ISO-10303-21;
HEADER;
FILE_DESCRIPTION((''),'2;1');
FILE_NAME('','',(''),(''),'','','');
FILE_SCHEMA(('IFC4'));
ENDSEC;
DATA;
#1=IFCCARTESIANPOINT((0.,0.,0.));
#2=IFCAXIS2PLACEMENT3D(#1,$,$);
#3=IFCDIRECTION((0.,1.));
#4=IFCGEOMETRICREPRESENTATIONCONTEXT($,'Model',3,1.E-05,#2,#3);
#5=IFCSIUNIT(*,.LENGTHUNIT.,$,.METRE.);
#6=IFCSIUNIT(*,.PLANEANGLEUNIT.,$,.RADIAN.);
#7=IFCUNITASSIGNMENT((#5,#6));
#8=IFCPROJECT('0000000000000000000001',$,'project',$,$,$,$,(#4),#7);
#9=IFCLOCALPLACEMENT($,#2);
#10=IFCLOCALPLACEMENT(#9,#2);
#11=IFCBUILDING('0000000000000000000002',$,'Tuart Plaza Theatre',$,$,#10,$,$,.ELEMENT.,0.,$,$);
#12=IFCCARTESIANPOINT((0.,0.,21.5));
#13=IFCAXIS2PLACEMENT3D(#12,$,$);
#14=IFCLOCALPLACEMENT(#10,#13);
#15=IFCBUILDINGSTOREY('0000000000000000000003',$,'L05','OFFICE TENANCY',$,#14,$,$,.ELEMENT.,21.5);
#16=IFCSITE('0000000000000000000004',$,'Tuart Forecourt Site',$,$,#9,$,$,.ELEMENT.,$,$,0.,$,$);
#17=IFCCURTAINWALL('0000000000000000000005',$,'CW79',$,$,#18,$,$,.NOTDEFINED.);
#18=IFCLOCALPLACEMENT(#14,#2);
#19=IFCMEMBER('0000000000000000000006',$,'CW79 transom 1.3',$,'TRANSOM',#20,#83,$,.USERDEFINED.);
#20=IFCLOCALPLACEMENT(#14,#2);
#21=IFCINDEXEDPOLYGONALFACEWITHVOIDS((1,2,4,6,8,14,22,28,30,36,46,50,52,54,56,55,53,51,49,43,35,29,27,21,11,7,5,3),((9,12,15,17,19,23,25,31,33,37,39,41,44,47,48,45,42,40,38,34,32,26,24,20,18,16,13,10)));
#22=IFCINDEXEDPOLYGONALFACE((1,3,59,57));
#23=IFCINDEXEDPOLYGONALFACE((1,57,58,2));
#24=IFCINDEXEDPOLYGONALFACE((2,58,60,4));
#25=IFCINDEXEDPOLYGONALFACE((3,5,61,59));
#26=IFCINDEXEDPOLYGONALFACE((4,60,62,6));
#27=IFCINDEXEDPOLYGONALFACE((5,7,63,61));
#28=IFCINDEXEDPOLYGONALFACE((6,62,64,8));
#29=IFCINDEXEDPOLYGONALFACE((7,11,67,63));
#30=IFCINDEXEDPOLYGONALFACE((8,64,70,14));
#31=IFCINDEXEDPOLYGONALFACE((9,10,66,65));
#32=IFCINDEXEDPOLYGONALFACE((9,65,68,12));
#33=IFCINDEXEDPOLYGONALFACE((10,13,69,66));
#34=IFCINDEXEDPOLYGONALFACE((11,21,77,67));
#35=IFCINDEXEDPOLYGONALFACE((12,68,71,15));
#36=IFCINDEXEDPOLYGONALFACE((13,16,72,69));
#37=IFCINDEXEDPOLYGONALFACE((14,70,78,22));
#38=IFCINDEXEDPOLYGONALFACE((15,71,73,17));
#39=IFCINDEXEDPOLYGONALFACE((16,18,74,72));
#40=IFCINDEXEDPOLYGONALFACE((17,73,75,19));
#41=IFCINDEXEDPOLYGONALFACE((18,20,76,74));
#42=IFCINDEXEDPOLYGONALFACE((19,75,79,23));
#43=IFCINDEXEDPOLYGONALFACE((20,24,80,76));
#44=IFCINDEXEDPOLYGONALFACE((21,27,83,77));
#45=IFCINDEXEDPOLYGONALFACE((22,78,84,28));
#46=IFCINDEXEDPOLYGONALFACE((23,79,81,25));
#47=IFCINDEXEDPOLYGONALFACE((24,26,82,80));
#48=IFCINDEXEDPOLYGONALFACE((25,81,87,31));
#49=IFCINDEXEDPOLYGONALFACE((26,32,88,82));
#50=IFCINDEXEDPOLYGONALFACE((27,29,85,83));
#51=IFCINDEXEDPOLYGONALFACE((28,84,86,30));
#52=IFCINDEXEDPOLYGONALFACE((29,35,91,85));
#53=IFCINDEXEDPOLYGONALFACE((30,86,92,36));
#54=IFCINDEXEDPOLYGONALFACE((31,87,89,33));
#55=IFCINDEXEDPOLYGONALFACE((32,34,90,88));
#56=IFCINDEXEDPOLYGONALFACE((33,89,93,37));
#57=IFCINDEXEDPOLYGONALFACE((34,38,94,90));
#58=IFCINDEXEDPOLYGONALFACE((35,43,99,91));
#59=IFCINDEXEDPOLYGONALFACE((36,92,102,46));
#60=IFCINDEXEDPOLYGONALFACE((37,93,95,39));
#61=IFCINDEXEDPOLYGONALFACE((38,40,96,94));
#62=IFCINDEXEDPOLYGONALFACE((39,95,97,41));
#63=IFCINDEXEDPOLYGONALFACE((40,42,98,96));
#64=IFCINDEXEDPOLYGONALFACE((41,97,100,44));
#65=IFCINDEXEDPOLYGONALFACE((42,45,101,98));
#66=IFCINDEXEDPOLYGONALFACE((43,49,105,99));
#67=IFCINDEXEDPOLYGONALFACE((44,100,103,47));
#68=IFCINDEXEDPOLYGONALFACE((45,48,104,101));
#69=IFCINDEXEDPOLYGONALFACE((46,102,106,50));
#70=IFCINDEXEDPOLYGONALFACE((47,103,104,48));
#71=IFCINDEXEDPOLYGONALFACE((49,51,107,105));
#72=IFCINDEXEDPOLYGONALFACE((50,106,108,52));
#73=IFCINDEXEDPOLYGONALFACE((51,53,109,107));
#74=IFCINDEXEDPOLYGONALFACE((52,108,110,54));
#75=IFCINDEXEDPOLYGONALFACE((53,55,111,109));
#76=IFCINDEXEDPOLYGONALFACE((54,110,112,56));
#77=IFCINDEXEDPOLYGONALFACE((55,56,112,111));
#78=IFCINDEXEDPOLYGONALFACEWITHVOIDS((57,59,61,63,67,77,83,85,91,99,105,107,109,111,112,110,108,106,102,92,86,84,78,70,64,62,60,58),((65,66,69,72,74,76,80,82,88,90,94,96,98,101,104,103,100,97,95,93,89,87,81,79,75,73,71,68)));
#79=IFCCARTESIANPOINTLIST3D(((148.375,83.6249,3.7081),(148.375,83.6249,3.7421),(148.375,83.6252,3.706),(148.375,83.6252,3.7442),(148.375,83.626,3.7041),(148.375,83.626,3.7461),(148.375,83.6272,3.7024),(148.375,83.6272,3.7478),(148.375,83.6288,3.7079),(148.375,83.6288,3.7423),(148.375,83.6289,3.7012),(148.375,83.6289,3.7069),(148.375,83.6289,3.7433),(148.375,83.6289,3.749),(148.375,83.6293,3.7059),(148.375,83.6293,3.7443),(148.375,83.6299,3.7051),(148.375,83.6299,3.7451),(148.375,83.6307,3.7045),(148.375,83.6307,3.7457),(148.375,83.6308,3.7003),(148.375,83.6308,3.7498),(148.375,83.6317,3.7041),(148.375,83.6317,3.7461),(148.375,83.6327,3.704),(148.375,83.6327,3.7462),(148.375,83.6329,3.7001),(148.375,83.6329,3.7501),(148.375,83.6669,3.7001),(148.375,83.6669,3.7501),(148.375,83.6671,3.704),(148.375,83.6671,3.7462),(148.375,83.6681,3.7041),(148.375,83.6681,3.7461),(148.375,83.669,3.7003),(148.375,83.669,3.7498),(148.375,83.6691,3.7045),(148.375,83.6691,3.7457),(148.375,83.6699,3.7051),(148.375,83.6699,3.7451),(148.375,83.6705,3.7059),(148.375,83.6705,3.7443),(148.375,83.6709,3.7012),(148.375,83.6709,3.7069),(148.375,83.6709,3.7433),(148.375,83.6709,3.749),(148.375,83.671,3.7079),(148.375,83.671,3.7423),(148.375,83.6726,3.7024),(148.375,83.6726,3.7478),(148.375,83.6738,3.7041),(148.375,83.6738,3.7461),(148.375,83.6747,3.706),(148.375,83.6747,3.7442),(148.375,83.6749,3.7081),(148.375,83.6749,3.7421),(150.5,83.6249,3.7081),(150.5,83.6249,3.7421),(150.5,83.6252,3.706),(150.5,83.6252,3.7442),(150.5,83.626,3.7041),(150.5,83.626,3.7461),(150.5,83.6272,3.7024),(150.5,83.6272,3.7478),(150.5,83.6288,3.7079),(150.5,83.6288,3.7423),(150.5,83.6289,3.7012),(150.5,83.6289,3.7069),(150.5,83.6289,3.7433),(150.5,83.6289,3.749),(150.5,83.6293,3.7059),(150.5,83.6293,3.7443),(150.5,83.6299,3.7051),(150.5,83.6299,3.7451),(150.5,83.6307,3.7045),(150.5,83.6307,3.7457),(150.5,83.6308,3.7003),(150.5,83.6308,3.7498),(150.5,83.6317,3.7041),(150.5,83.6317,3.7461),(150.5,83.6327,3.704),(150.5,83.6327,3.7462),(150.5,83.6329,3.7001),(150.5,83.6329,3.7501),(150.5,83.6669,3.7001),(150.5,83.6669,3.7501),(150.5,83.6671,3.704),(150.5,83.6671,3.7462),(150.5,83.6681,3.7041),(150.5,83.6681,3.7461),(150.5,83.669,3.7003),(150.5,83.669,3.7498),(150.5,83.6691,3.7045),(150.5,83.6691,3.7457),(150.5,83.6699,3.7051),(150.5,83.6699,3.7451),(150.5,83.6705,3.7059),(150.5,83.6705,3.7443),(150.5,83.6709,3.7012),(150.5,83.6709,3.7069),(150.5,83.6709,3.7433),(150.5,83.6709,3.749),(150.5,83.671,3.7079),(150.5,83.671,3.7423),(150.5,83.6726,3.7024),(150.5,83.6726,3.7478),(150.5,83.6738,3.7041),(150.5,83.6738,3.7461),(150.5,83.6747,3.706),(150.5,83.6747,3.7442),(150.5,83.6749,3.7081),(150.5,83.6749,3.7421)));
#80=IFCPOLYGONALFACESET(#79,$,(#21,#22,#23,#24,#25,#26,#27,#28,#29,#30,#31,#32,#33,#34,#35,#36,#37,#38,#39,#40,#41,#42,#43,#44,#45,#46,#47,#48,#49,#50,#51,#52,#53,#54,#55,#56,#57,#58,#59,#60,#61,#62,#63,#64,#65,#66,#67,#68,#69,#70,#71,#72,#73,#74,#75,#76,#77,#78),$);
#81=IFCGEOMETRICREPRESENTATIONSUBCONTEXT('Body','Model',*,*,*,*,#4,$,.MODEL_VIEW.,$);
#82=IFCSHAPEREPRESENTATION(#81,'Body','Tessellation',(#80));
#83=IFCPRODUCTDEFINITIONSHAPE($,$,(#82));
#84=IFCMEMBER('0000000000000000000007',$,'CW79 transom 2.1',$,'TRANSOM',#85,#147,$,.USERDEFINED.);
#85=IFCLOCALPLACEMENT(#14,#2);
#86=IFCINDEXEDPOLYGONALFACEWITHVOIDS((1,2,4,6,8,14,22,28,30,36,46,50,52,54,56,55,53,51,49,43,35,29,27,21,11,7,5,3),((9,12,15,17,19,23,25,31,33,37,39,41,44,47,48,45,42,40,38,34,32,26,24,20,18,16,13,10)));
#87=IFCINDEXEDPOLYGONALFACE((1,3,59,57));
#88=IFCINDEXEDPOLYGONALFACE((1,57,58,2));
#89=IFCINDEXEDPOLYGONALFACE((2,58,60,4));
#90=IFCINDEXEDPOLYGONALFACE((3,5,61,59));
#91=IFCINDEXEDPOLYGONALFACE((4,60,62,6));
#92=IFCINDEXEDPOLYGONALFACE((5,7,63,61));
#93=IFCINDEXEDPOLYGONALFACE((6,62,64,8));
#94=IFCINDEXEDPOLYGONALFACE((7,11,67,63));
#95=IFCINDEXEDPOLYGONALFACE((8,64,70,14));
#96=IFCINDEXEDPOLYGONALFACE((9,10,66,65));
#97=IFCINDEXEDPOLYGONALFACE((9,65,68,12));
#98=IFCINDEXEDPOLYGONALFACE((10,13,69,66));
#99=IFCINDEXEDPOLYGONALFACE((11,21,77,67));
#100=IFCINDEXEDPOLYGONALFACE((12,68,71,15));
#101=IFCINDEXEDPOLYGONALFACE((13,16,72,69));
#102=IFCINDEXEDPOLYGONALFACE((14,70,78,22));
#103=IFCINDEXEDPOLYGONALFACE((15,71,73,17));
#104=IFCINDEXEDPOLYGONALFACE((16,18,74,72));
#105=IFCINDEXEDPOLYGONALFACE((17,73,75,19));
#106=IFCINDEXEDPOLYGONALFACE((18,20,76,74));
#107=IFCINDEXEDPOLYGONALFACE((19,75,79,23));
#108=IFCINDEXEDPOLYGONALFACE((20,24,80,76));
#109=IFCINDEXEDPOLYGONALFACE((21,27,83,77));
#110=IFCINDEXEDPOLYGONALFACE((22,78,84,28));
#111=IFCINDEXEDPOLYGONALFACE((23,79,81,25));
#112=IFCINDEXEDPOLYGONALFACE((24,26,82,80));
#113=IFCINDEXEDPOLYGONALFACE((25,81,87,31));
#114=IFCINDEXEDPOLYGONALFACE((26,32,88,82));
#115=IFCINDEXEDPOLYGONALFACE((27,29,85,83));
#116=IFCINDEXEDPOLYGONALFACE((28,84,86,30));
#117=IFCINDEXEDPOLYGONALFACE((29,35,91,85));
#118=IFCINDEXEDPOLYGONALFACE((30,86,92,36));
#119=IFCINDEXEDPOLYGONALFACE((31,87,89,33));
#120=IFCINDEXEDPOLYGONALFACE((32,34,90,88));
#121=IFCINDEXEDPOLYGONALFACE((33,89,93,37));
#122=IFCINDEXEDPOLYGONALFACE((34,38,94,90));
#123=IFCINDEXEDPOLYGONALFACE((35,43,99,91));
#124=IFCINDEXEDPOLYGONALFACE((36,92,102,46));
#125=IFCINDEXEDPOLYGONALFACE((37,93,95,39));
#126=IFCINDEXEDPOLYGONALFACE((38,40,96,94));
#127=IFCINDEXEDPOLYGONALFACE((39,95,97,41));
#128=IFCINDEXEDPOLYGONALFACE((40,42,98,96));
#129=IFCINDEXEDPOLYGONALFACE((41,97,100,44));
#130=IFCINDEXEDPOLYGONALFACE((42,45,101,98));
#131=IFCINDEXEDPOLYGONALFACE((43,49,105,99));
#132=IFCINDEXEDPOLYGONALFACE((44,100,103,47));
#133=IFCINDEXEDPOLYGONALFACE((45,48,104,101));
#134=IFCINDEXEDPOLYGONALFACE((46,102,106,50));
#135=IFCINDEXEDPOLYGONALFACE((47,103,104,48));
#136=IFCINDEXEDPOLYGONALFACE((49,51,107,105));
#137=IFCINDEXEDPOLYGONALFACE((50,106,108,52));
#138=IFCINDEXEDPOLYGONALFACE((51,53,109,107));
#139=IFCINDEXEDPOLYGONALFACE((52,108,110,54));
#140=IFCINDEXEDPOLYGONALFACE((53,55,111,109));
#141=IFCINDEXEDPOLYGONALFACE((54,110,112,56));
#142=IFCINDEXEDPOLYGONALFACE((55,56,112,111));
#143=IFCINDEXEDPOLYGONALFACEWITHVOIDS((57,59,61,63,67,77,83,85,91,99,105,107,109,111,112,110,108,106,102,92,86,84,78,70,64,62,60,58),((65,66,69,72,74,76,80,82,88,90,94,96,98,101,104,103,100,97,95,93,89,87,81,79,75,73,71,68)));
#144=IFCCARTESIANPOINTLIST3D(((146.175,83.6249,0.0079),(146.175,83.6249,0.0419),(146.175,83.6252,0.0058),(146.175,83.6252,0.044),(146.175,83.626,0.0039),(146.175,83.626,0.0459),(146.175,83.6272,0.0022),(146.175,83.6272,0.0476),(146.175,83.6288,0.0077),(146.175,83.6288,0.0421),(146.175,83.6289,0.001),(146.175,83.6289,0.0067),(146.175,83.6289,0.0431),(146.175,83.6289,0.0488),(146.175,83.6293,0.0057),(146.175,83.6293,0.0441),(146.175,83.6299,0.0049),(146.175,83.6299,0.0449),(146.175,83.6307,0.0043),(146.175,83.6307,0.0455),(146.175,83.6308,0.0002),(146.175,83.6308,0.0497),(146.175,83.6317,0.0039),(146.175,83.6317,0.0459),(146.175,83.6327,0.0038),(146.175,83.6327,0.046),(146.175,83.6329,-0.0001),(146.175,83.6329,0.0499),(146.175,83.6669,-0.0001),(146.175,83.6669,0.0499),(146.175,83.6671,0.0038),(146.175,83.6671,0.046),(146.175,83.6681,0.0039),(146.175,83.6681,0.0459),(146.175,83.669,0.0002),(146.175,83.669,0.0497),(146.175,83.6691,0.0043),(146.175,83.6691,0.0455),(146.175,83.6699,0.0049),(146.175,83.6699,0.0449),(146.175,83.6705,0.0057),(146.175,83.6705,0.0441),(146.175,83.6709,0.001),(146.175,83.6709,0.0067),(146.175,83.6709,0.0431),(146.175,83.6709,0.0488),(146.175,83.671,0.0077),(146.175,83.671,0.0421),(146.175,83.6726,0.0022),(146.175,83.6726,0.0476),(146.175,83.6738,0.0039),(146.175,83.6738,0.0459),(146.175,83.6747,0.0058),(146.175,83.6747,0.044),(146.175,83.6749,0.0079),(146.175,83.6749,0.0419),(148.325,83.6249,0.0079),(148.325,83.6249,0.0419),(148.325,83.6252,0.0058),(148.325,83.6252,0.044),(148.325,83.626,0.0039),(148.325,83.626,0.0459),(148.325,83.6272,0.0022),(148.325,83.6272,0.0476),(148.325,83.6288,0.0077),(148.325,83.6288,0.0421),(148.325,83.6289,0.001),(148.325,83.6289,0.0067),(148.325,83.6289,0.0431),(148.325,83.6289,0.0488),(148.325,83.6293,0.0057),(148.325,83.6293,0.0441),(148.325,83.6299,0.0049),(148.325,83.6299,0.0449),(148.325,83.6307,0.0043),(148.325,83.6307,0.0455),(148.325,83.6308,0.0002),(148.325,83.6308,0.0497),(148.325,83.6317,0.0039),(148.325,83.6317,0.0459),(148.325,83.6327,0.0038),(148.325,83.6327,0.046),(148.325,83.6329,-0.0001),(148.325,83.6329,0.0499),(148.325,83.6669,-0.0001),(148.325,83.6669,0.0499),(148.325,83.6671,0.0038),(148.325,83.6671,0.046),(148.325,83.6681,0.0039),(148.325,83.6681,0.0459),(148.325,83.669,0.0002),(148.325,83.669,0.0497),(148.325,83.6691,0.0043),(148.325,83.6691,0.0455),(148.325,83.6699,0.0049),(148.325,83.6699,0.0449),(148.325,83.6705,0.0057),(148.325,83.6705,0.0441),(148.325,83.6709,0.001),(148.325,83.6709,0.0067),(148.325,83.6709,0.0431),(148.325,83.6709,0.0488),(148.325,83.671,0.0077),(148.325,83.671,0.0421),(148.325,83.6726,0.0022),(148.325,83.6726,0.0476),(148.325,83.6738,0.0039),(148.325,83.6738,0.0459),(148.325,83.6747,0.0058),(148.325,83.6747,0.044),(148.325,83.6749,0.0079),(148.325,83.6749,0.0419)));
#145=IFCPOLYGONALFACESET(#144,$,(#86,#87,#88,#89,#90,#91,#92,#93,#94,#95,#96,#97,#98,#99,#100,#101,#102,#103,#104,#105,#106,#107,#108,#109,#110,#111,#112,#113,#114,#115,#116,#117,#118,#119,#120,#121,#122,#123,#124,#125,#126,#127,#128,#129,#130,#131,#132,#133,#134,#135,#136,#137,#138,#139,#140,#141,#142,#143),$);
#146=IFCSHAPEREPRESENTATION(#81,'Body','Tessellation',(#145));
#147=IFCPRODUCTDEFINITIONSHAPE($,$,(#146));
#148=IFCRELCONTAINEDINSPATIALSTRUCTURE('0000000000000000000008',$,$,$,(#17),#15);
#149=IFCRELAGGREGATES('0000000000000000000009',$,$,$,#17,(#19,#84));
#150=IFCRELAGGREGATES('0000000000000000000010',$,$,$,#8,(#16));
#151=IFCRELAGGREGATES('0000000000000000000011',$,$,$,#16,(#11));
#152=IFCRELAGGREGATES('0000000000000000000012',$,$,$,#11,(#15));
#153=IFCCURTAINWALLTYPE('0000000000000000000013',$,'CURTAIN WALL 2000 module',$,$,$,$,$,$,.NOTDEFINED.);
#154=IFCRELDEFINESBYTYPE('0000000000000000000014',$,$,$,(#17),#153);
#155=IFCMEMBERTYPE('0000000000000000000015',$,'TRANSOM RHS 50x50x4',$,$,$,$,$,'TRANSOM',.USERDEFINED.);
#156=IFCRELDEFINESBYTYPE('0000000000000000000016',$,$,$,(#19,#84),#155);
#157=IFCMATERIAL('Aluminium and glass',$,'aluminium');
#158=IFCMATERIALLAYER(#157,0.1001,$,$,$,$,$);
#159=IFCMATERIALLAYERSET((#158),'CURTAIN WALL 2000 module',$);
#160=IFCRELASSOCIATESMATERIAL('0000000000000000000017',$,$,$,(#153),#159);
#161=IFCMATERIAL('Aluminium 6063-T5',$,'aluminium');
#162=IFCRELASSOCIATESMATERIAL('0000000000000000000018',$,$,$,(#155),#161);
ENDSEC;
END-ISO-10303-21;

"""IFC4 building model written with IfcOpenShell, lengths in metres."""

from ifc_helpers import new_model, si_unit, direction, frame, origin, origin_2d, place, context, subcontext, project, spatial, hollow_rectangle, extrude, material, layer, layer_set, material_profile, profile_set, type_object, element, aggregate, save


model = new_model("IFC4")

# Units and contexts
model_context = context("Model", 3, precision=1e-05, world=origin(), true_north=direction((0.0, 1.0)))
body_context = subcontext(model_context, "Body", "Model", "MODEL_VIEW")
ifc_project = project(units=[si_unit("LENGTHUNIT", "METRE"), si_unit("PLANEANGLEUNIT", "RADIAN")], contexts=[model_context])

# Site, building, storey
site_placement = place(None, origin())
site = spatial("IfcSite", under=ifc_project, at=site_placement, Name="Tuart Forecourt Site", CompositionType="ELEMENT", RefElevation=0.0)
building_placement = place(site_placement, origin())
building = spatial("IfcBuilding", under=site, at=building_placement, Name="Tuart Plaza Theatre", CompositionType="ELEMENT", ElevationOfRefHeight=0.0)
storey_placement = place(building_placement, frame((0.0, 0.0, 21.5)))
storey = spatial("IfcBuildingStorey", under=building, at=storey_placement, Name="L05", Description="OFFICE TENANCY", CompositionType="ELEMENT", Elevation=21.5)

# Shared definitions
ifc_material_1 = material(Name="Aluminium and glass", Category="aluminium")
ifc_layer_1 = layer(ifc_material_1, 0.1001)
ifc_layer_set_1 = layer_set([ifc_layer_1], Name="CURTAIN WALL 2000 module")
curtain_wall_type = type_object("IfcCurtainWallType", Name="CURTAIN WALL 2000 module", PredefinedType="NOTDEFINED", material=ifc_layer_set_1)

# Curtain wall
curtain_wall_1_placement = place(storey_placement, origin())
curtain_wall_1 = element("IfcCurtainWall", 1, at=curtain_wall_1_placement, inside=storey, type_object=curtain_wall_type, Name="CW79", PredefinedType="NOTDEFINED")

# Members
ifc_material_2 = material(Name="Aluminium 6063-T5", Category="aluminium")
ifc_material_profile_1 = material_profile(ifc_material_2, hollow_rectangle(XDim=0.05, YDim=0.05, WallThickness=0.0039, InnerFilletRadius=0.0039, OuterFilletRadius=0.0081, at=origin_2d()), Name="RHS 50x50x4")
ifc_profile_set_1 = profile_set([ifc_material_profile_1], Name="Aluminium 6063-T5")
member_type_1 = type_object("IfcMemberType", Name="TRANSOM RHS 50x50x4", ElementType="TRANSOM", PredefinedType="USERDEFINED", material=ifc_profile_set_1)
member_1_placement = place(storey_placement, frame((150.5, 83.6499, 3.7251), z_axis=(-1.0, 0.0, 0.0), x_axis=(0.0, -1.0, 0.0)))
member_1 = element("IfcMember", 2, at=member_1_placement, type_object=member_type_1, Name="CW79 transom 1.3", ObjectType="TRANSOM", PredefinedType="USERDEFINED", context=body_context, shape_type="SweptSolid", body=[
    extrude(hollow_rectangle(XDim=0.05, YDim=0.05, WallThickness=0.0039, InnerFilletRadius=0.0039, OuterFilletRadius=0.0081, at=origin_2d()), origin(), (0.0, 0.0, 1.0), 2.125),
])
member_2_placement = place(storey_placement, frame((148.325, 83.6499, 0.0249), z_axis=(-1.0, 0.0, 0.0), x_axis=(0.0, -1.0, 0.0)))
member_2 = element("IfcMember", 3, at=member_2_placement, type_object=member_type_1, Name="CW79 transom 2.1", ObjectType="TRANSOM", PredefinedType="USERDEFINED", context=body_context, shape_type="SweptSolid", body=[
    extrude(hollow_rectangle(XDim=0.05, YDim=0.05, WallThickness=0.0039, InnerFilletRadius=0.0039, OuterFilletRadius=0.0081, at=origin_2d()), origin(), (0.0, 0.0, 1.0), 2.1499),
])

aggregate(curtain_wall_1, [member_1, member_2])

save(model, "model.ifc")
